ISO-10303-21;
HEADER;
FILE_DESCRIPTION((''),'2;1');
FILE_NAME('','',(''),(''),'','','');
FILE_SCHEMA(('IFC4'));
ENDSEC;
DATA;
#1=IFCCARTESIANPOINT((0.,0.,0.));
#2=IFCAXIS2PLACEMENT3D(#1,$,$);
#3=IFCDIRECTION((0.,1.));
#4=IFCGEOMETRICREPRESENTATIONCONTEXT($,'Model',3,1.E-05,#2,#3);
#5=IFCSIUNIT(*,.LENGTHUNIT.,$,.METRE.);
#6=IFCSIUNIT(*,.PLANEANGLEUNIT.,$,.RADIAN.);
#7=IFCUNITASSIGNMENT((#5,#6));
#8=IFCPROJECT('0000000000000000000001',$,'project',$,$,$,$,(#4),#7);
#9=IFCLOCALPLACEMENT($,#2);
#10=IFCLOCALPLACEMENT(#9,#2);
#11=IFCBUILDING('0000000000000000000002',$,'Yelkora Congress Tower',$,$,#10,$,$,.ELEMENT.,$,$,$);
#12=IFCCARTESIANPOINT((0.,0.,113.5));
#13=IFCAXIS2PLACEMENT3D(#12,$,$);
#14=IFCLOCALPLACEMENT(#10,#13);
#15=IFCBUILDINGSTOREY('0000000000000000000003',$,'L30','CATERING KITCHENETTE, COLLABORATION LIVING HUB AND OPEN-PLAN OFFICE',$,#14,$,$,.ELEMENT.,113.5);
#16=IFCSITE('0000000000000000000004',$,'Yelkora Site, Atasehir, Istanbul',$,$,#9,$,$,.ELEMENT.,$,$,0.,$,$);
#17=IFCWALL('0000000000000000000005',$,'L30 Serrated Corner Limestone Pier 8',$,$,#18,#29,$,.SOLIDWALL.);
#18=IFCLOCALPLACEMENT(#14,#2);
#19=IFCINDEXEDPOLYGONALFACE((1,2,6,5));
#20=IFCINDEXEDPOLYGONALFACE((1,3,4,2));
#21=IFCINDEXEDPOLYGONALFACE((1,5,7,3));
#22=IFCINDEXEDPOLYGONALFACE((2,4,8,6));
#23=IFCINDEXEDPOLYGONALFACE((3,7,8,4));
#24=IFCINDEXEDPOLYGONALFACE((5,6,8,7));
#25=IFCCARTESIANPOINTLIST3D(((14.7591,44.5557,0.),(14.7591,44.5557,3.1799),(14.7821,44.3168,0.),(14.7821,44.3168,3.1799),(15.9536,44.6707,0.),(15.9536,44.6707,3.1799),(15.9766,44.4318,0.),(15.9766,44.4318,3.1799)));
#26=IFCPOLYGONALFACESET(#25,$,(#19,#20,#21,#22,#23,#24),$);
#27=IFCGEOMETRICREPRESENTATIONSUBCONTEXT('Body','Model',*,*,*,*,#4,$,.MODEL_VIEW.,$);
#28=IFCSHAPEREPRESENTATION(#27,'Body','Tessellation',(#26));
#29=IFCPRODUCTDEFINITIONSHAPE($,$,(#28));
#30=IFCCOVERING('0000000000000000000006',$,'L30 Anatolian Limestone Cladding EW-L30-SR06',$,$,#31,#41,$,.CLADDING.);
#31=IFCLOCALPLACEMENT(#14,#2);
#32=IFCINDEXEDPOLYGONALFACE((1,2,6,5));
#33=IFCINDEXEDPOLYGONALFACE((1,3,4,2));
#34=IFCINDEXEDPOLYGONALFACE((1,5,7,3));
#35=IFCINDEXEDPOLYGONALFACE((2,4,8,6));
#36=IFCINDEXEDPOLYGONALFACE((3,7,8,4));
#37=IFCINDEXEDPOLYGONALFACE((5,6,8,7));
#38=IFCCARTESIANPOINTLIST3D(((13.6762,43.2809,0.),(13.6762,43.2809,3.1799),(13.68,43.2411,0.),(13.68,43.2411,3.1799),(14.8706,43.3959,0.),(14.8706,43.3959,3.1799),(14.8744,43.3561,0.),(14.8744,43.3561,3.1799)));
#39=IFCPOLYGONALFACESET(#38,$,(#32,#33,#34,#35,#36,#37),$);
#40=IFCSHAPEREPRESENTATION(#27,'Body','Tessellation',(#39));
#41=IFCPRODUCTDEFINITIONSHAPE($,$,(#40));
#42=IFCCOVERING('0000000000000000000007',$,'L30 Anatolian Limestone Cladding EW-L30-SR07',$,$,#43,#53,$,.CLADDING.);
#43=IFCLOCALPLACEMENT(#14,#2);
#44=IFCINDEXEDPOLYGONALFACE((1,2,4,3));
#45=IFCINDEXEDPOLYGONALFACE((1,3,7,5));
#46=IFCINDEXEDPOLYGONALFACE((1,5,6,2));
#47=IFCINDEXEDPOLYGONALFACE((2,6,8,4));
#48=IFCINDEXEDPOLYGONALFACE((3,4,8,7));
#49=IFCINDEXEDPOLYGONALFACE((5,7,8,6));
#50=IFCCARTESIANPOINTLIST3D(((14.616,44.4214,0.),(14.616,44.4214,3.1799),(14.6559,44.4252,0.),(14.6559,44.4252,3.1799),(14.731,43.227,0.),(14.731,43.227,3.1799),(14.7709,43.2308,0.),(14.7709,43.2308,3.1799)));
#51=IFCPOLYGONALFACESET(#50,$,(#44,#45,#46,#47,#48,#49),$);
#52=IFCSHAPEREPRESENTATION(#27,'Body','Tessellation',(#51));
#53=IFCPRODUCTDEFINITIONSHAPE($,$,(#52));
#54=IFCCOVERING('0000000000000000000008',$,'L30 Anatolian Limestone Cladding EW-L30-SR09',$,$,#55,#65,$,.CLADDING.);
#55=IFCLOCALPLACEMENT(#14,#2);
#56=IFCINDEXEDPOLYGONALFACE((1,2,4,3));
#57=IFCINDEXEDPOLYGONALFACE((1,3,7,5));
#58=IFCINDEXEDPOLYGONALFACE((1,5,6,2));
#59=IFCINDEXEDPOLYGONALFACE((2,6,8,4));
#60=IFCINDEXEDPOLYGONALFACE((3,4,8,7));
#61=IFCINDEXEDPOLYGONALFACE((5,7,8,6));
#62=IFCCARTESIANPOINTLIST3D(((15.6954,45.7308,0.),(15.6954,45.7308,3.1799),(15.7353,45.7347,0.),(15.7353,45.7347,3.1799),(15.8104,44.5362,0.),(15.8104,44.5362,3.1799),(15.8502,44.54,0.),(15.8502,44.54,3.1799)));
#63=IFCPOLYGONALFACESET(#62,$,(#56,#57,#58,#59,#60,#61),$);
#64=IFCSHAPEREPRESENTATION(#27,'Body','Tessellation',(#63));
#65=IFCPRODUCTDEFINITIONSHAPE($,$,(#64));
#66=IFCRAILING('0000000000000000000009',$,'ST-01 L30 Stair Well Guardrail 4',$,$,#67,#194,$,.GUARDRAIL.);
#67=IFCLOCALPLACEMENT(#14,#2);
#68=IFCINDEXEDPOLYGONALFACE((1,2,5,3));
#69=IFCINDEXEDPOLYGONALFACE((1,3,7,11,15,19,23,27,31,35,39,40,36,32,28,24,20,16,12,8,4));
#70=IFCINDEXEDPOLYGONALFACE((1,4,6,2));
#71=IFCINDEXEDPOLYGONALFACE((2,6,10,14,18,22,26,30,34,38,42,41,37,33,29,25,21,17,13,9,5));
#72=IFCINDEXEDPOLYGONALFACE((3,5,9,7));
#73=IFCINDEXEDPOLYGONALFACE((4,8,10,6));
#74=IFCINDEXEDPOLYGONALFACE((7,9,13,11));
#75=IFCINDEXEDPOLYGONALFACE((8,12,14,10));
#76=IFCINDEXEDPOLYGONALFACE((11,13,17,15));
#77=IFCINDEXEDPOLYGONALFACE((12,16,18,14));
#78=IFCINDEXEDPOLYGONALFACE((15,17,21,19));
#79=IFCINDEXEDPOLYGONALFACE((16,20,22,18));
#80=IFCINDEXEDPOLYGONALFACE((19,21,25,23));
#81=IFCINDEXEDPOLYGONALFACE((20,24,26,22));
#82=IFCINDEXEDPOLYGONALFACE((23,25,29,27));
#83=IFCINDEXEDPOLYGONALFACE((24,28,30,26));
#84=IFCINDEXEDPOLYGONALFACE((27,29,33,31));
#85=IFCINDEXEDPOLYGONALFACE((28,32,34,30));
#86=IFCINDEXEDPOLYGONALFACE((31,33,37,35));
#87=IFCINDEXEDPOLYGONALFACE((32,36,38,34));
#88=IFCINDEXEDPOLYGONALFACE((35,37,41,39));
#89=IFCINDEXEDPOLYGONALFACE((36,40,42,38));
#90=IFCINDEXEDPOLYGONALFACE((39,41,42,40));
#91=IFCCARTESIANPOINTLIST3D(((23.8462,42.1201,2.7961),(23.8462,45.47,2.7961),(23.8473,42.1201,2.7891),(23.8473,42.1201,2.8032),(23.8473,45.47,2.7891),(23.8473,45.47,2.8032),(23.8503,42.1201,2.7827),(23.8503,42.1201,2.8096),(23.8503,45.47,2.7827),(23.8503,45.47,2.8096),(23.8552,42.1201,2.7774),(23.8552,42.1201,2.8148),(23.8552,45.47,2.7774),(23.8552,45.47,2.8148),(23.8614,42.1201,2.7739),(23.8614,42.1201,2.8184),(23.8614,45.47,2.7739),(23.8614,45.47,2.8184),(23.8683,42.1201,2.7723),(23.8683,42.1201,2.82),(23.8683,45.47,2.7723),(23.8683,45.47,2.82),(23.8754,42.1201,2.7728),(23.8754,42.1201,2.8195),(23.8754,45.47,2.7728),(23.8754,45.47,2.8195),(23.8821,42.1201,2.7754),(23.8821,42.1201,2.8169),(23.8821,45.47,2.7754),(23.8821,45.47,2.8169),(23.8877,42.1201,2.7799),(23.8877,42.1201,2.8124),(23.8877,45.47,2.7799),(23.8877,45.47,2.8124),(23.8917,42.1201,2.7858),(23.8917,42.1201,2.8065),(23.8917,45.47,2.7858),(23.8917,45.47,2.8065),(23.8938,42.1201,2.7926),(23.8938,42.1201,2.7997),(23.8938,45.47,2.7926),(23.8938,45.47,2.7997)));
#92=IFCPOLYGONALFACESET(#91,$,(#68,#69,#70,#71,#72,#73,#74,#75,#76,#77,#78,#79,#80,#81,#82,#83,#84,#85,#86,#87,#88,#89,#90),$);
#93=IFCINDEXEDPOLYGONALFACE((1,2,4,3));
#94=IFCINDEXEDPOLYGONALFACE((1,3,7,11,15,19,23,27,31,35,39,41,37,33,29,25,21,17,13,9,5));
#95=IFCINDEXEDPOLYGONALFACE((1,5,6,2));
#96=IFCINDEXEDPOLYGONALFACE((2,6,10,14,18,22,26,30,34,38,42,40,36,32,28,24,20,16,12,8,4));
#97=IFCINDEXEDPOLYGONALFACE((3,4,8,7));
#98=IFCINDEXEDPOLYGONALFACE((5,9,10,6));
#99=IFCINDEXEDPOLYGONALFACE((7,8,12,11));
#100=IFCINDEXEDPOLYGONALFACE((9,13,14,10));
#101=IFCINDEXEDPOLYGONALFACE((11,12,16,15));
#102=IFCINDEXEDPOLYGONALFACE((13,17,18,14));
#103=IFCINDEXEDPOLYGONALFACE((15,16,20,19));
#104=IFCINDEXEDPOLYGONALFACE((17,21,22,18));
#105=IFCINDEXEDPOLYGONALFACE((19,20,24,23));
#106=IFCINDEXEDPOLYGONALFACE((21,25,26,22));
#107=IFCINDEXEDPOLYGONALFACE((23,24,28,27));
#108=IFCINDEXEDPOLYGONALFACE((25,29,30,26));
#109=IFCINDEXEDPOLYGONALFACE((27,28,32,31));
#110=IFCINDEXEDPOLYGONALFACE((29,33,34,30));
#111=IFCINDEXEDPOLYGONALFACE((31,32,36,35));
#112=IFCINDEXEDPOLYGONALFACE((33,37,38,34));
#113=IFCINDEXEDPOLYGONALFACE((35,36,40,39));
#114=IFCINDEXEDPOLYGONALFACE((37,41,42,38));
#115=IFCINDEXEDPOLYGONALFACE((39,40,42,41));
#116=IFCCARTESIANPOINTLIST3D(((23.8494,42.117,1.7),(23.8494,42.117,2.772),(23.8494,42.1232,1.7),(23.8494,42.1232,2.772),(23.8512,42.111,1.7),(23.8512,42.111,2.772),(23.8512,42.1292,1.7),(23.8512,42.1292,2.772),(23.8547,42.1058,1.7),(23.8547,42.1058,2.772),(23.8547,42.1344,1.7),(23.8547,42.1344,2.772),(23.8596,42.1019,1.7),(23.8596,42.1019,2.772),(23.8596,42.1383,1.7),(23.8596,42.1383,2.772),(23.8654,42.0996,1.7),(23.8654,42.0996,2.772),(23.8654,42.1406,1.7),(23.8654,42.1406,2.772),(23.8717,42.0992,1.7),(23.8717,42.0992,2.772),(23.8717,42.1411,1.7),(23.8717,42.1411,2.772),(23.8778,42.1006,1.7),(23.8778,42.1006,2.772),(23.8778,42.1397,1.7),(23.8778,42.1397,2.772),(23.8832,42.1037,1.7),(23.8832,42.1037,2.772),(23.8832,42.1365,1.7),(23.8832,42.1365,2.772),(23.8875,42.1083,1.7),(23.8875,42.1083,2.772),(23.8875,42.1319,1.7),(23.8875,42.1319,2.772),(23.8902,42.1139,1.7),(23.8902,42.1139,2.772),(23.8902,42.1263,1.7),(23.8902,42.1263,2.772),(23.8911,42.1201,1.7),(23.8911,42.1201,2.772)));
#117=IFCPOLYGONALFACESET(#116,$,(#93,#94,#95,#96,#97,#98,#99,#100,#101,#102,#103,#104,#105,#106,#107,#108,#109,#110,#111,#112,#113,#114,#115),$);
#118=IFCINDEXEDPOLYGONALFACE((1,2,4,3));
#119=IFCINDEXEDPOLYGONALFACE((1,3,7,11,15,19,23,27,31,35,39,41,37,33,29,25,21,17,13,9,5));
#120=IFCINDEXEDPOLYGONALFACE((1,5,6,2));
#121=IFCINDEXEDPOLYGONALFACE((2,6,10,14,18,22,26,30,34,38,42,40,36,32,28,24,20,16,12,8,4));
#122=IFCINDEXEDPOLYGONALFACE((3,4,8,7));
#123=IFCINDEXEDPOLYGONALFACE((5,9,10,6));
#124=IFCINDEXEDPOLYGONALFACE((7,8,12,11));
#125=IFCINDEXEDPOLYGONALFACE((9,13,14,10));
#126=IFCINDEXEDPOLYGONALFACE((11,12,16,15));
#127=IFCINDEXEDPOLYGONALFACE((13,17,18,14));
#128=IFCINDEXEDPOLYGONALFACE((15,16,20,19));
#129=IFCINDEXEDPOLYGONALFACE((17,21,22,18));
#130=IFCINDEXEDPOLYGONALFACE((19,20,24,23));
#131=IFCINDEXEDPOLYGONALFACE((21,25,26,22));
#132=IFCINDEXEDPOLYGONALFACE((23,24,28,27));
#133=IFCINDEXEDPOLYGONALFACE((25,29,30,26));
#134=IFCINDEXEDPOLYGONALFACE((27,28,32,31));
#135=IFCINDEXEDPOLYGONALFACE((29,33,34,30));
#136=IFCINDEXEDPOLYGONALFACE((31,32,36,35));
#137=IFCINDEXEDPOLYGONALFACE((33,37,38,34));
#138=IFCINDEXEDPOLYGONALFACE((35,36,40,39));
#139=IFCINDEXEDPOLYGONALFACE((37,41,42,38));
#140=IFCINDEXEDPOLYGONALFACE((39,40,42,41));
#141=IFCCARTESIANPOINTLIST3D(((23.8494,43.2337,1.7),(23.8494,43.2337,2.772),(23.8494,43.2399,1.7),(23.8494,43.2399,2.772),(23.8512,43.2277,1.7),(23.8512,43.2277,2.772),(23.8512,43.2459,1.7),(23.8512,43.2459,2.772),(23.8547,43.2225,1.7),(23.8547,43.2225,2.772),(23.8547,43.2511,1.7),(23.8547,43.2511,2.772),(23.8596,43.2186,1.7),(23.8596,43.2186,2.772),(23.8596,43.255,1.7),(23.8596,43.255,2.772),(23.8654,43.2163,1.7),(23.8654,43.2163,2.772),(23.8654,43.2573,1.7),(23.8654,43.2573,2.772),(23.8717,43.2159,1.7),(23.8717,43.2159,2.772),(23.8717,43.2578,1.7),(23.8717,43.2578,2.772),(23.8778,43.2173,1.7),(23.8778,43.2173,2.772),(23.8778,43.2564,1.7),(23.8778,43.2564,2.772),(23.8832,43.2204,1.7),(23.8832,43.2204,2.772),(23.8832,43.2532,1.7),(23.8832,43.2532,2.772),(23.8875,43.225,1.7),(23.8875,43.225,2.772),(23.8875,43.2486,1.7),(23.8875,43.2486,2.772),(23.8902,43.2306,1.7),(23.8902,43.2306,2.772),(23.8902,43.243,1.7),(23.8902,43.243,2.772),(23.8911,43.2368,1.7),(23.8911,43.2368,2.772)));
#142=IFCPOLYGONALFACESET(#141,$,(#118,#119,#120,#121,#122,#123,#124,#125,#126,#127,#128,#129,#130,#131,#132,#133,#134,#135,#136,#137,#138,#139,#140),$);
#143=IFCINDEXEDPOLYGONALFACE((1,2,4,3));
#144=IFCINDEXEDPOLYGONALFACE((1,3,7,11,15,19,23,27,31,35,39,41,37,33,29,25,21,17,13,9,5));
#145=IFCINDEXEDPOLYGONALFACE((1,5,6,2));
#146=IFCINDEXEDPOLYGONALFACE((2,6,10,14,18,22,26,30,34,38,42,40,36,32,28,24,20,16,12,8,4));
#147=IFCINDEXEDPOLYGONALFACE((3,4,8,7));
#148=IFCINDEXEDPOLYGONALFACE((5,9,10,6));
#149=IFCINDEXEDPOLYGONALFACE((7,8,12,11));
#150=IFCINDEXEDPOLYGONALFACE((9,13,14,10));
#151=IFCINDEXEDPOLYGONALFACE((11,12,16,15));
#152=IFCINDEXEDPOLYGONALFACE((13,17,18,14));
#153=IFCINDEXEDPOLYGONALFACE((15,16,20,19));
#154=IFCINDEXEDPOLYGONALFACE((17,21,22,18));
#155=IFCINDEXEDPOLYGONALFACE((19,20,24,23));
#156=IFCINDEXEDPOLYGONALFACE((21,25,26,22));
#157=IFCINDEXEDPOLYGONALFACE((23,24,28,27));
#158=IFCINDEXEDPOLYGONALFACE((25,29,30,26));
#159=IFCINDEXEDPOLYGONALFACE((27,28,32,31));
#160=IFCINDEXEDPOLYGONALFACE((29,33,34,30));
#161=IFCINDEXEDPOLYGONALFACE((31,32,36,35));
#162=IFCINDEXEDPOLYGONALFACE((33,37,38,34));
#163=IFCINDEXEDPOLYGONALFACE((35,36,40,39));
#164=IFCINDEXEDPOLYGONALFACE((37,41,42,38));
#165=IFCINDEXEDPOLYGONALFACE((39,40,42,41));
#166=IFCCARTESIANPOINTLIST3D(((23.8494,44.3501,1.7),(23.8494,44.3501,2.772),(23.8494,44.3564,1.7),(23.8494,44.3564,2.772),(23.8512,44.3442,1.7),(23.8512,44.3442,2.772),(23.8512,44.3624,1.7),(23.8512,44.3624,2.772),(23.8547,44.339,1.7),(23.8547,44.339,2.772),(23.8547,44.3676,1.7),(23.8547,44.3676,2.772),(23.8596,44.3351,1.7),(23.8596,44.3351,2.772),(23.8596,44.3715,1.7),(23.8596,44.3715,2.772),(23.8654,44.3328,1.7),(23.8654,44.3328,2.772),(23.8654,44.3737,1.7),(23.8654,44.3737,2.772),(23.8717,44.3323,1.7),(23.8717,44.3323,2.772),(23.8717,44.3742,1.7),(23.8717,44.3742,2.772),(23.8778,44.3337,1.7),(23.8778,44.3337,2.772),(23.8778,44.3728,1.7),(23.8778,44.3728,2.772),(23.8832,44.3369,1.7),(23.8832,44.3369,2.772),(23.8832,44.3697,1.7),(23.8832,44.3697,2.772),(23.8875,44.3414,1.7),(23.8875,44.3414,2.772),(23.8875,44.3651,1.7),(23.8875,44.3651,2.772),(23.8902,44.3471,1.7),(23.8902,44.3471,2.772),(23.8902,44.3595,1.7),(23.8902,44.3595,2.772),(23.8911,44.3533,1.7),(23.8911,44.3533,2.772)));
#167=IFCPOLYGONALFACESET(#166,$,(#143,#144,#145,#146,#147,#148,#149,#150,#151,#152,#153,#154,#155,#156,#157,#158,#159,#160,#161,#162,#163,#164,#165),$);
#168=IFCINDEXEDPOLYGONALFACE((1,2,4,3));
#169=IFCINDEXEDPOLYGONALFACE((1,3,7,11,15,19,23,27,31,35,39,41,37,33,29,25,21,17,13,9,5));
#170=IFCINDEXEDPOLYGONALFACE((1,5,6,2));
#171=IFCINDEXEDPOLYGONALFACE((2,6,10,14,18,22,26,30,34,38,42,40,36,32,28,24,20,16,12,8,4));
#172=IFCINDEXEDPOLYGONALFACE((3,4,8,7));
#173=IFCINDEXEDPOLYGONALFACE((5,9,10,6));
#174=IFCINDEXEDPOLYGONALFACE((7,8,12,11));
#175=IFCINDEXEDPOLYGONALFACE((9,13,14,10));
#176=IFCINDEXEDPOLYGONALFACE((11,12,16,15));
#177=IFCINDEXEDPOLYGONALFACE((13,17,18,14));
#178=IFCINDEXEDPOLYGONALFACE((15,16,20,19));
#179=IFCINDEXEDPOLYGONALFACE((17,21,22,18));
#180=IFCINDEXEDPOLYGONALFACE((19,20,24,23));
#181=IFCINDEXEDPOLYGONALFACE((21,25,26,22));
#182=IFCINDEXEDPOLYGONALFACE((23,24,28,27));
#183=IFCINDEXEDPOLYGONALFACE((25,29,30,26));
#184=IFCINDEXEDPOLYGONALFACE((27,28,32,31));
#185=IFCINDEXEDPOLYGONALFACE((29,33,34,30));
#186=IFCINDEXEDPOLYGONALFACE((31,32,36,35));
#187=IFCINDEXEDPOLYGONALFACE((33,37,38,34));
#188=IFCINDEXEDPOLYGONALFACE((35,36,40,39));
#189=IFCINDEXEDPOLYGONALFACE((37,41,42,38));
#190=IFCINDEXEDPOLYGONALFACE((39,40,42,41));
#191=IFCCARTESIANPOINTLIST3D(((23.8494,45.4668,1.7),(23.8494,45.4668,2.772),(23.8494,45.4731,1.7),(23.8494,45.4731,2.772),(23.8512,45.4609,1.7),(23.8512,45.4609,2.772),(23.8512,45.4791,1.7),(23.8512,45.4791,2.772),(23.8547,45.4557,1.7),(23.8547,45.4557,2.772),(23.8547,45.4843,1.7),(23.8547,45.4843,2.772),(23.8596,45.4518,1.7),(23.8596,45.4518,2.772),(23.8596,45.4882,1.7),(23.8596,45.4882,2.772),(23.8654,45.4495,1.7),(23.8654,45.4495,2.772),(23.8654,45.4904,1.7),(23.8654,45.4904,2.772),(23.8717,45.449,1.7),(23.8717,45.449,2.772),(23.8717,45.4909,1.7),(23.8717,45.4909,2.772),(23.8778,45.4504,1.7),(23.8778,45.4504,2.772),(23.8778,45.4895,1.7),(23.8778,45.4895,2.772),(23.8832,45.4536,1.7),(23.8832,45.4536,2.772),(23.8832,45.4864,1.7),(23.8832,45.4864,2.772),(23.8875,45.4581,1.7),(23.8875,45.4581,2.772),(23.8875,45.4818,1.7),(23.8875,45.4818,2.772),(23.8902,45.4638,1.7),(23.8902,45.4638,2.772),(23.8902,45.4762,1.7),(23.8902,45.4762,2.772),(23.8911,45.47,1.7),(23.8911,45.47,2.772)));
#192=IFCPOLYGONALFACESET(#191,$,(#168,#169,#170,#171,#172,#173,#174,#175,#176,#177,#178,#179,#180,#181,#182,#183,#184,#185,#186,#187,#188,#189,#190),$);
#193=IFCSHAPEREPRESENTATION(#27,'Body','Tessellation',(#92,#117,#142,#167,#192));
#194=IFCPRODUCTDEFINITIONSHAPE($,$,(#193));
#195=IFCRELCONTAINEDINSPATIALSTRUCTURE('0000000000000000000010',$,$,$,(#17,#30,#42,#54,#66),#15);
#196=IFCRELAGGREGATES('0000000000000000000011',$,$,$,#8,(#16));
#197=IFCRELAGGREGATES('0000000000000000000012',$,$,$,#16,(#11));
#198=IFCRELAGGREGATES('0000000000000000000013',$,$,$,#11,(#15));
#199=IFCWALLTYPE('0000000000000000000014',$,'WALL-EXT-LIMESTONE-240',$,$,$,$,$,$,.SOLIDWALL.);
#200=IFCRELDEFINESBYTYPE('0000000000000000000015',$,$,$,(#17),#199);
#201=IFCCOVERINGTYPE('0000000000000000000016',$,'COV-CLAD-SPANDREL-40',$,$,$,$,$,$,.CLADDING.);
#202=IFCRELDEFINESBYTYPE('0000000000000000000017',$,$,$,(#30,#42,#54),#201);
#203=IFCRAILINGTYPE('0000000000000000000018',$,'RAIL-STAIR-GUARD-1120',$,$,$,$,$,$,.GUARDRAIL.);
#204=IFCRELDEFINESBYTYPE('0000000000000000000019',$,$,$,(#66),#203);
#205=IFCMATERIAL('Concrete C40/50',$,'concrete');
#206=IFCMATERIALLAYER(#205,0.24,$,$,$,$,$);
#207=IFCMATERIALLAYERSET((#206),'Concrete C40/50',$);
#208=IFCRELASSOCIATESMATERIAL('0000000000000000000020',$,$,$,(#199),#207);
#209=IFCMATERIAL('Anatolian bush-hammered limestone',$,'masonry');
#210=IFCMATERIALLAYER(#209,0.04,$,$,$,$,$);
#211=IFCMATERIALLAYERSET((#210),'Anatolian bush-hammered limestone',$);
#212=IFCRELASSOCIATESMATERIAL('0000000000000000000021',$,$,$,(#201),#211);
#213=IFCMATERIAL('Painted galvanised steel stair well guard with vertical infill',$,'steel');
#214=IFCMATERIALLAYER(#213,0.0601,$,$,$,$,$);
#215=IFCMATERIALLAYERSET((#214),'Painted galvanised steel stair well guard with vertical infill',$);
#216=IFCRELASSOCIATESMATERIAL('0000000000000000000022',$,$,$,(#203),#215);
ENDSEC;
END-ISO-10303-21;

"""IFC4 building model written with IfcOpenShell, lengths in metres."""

from ifc_helpers import new_model, si_unit, direction, frame, frame_2d, origin, origin_2d, place, context, subcontext, project, spatial, rectangle, circle, extrude, material, layer, layer_set, type_object, element, save


model = new_model("IFC4")

# Units and contexts
model_context = context("Model", 3, precision=1e-05, world=origin(), true_north=direction((0.0, 1.0)))
body_context = subcontext(model_context, "Body", "Model", "MODEL_VIEW")
ifc_project = project(units=[si_unit("LENGTHUNIT", "METRE"), si_unit("PLANEANGLEUNIT", "RADIAN")], contexts=[model_context])

# Site, building, storey
site_placement = place(None, origin())
site = spatial("IfcSite", under=ifc_project, at=site_placement, Name="Yelkora Site, Atasehir, Istanbul", CompositionType="ELEMENT", RefElevation=0.0)
building_placement = place(site_placement, origin())
building = spatial("IfcBuilding", under=site, at=building_placement, Name="Yelkora Congress Tower", CompositionType="ELEMENT")
storey_placement = place(building_placement, frame((0.0, 0.0, 113.5)))
storey = spatial("IfcBuildingStorey", under=building, at=storey_placement, Name="L30", Description="CATERING KITCHENETTE, COLLABORATION LIVING HUB AND OPEN-PLAN OFFICE", CompositionType="ELEMENT", Elevation=113.5)

# Wall
ifc_material_1 = material(Name="Concrete C40/50", Category="concrete")
ifc_layer_1 = layer(ifc_material_1, 0.24)
ifc_layer_set_1 = layer_set([ifc_layer_1], Name="Concrete C40/50")
wall_type_1 = type_object("IfcWallType", Name="WALL-EXT-LIMESTONE-240", PredefinedType="SOLIDWALL", material=ifc_layer_set_1)
wall_1_placement = place(storey_placement, frame((14.7705, 44.4363, 0.0), z_axis=(0.0, 0.0, 1.0), x_axis=(0.995397, 0.095836, 0.0)))
element("IfcWall", 1, at=wall_1_placement, inside=storey, type_object=wall_type_1, Name="L30 Serrated Corner Limestone Pier 8", PredefinedType="SOLIDWALL", context=body_context, shape_type="SweptSolid", body=[
    extrude(rectangle(XDim=1.2, YDim=0.24, at=frame_2d((0.6001, 0.0))), origin(), (0.0, 0.0, 1.0), 3.1799),
])

# Coverings
ifc_material_2 = material(Name="Anatolian bush-hammered limestone", Category="masonry")
ifc_layer_2 = layer(ifc_material_2, 0.04)
ifc_layer_set_2 = layer_set([ifc_layer_2], Name="Anatolian bush-hammered limestone")
covering_type = type_object("IfcCoveringType", Name="COV-CLAD-SPANDREL-40", PredefinedType="CLADDING", material=ifc_layer_set_2)
for number, where, z_axis, x_axis, name in (
    (2, (13.678, 43.261, 0.0), (0.0, 0.0, 1.0), (0.995397, 0.095836, 0.0), "L30 Anatolian Limestone Cladding EW-L30-SR06"),
    (3, (14.751, 43.2288, 0.0), (0.0, 0.0, 1.0), (-0.095836, 0.995397, 0.0), "L30 Anatolian Limestone Cladding EW-L30-SR07"),
):
    element("IfcCovering", number, at=place(storey_placement, frame(where, z_axis=z_axis, x_axis=x_axis)), inside=storey, type_object=covering_type, Name=name, PredefinedType="CLADDING", context=body_context, shape_type="SweptSolid", body=[
        extrude(rectangle(XDim=1.2, YDim=0.04, at=frame_2d((0.6001, 0.0))), origin(), (0.0, 0.0, 1.0), 3.1799),
    ])
covering_placement = place(storey_placement, frame((15.8303, 44.5381, 0.0), z_axis=(0.0, 0.0, 1.0), x_axis=(-0.095817, 0.995399, 0.0)))
element("IfcCovering", 4, at=covering_placement, inside=storey, type_object=covering_type, Name="L30 Anatolian Limestone Cladding EW-L30-SR09", PredefinedType="CLADDING", context=body_context, shape_type="SweptSolid", body=[
    extrude(rectangle(XDim=1.2002, YDim=0.04, at=frame_2d((0.6001, 0.0))), origin(), (0.0, 0.0, 1.0), 3.1799),
])

# Railing
ifc_material_3 = material(Name="Painted galvanised steel stair well guard with vertical infill", Category="steel")
ifc_layer_3 = layer(ifc_material_3, 0.0601)
ifc_layer_set_3 = layer_set([ifc_layer_3], Name="Painted galvanised steel stair well guard with vertical infill")
railing_type_1 = type_object("IfcRailingType", Name="RAIL-STAIR-GUARD-1120", PredefinedType="GUARDRAIL", material=ifc_layer_set_3)
railing_1_placement = place(storey_placement, frame((23.8701, 42.1201, 1.7)))
element("IfcRailing", 5, at=railing_1_placement, inside=storey, type_object=railing_type_1, Name="ST-01 L30 Stair Well Guardrail 4", PredefinedType="GUARDRAIL", context=body_context, shape_type="SweptSolid", body=[
    extrude(circle(Radius=0.0239, at=origin_2d()), frame((0.0, 0.0, 1.0962), z_axis=(0.0, 1.0, 0.0), x_axis=(-1.0, 0.0, 0.0)), (0.0, 0.0, 1.0), 3.3499),
    extrude(circle(Radius=0.021, at=origin_2d()), origin(), (0.0, 0.0, 1.0), 1.072),
    extrude(circle(Radius=0.021, at=origin_2d()), frame((0.0, 1.1167, 0.0)), (0.0, 0.0, 1.0), 1.072),
    extrude(circle(Radius=0.021, at=origin_2d()), frame((0.0, 2.2332, 0.0)), (0.0, 0.0, 1.0), 1.072),
    extrude(circle(Radius=0.021, at=origin_2d()), frame((0.0, 3.3499, 0.0)), (0.0, 0.0, 1.0), 1.072),
])

save(model, "model.ifc")
